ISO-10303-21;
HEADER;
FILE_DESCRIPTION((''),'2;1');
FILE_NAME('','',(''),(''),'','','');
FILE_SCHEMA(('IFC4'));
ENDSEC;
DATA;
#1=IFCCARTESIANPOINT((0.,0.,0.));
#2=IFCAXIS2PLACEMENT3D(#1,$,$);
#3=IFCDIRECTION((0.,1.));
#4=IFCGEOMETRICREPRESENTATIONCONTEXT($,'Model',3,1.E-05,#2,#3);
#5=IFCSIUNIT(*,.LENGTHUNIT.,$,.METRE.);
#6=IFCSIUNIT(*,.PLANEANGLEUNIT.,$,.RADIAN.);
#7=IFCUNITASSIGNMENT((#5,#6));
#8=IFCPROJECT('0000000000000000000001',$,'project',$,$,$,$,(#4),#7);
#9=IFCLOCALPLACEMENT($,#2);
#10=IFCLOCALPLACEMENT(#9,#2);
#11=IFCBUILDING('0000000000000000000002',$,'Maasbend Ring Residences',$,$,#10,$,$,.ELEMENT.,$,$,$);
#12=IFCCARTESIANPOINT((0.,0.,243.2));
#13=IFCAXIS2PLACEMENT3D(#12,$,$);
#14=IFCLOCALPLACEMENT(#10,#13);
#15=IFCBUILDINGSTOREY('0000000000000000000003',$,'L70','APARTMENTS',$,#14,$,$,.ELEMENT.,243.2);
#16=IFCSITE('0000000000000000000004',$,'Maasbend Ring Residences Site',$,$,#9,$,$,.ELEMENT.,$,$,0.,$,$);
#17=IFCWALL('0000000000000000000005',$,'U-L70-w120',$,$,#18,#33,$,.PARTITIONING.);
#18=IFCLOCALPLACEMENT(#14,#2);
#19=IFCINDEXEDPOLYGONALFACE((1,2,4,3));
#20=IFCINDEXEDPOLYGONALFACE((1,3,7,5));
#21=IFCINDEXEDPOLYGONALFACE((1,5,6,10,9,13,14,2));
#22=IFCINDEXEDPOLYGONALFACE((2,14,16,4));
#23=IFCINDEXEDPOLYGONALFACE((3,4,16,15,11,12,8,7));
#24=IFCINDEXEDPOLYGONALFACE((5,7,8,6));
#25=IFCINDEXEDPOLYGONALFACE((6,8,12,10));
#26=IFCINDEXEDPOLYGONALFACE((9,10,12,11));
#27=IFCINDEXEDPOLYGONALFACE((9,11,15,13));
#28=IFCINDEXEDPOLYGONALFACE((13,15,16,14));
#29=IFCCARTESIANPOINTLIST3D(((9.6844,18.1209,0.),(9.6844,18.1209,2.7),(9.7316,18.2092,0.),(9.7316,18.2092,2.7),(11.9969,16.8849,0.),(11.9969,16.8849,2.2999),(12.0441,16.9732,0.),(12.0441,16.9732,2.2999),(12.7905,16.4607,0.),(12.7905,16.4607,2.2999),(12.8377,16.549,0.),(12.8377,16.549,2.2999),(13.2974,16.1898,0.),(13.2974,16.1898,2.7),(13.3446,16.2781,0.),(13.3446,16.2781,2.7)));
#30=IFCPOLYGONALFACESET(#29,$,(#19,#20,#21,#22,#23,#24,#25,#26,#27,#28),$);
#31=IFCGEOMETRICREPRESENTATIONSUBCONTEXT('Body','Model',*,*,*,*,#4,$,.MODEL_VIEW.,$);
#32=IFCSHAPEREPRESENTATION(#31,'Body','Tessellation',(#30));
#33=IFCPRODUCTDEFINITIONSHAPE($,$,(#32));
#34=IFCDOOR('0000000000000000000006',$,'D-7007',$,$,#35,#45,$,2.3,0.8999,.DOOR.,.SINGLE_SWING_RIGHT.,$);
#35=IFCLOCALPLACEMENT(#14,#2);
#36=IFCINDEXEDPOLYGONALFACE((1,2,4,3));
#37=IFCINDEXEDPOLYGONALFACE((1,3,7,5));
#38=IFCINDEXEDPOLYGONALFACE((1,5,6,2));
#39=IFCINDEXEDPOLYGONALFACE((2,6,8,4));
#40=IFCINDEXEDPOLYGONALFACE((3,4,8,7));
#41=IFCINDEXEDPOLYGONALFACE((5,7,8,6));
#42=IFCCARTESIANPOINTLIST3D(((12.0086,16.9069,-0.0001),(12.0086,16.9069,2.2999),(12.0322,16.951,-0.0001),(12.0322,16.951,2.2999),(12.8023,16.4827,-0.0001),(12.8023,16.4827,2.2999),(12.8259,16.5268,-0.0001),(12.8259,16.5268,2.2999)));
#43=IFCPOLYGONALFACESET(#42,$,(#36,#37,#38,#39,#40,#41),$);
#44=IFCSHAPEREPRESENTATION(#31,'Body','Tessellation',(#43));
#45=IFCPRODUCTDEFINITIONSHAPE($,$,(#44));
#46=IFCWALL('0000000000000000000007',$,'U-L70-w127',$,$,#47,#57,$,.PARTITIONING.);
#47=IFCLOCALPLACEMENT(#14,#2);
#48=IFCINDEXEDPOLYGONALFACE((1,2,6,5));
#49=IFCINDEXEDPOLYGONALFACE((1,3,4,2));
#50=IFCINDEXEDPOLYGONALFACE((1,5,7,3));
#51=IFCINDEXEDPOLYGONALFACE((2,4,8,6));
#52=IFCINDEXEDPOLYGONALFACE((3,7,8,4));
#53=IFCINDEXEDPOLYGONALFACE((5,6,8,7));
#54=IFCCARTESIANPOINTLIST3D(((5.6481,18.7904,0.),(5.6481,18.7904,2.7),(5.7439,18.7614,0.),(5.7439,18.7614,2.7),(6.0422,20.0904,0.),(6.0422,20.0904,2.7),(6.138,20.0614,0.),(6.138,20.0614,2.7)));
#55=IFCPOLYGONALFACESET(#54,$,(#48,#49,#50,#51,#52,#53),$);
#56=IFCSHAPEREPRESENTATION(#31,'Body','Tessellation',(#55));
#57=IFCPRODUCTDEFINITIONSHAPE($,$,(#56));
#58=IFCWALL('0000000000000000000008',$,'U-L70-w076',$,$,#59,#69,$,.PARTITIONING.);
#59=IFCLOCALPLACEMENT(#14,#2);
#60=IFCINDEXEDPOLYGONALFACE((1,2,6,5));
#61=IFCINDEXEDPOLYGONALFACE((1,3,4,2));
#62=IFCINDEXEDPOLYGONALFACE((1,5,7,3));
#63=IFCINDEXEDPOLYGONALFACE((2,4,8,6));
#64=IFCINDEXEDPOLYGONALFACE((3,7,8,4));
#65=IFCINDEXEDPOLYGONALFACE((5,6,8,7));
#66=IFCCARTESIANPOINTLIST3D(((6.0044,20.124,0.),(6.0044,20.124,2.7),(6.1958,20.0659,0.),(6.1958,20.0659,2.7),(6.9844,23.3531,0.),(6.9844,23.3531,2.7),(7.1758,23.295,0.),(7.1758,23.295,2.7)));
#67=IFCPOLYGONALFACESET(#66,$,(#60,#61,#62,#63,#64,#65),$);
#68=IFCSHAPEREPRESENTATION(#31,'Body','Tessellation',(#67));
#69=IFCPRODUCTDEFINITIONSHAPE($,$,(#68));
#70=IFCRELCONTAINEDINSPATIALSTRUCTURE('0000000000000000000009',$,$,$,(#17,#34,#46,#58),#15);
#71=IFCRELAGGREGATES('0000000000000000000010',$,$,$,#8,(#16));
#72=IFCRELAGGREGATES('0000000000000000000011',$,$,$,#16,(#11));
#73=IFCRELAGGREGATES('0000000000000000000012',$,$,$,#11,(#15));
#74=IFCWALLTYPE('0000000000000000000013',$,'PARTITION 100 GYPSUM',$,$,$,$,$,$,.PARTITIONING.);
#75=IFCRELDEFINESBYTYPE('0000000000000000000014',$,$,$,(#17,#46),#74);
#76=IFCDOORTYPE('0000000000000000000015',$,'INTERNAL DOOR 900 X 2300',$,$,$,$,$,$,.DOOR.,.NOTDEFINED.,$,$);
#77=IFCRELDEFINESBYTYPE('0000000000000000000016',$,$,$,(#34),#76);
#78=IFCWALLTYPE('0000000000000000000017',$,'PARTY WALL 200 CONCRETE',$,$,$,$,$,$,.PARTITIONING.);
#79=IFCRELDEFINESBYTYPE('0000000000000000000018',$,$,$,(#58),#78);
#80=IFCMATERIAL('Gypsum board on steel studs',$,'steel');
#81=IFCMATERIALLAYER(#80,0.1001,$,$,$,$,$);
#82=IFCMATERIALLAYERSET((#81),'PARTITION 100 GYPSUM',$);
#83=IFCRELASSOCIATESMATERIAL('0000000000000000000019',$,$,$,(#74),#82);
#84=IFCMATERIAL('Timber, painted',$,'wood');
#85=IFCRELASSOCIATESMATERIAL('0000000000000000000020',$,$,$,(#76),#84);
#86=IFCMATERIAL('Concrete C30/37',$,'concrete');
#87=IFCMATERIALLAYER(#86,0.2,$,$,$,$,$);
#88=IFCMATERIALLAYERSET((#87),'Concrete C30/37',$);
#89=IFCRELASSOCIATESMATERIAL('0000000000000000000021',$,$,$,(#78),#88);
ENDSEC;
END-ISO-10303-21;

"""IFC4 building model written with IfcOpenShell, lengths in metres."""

from ifc_helpers import new_model, si_unit, direction, frame, frame_2d, origin, place, context, subcontext, project, spatial, rectangle, extrude, material, layer, layer_set, type_object, element, fill, save


model = new_model("IFC4")

# Units and contexts
model_context = context("Model", 3, precision=1e-05, world=origin(), true_north=direction((0.0, 1.0)))
body_context = subcontext(model_context, "Body", "Model", "MODEL_VIEW")
ifc_project = project(units=[si_unit("LENGTHUNIT", "METRE"), si_unit("PLANEANGLEUNIT", "RADIAN")], contexts=[model_context])

# Site, building, storey
site_placement = place(None, origin())
site = spatial("IfcSite", under=ifc_project, at=site_placement, Name="Maasbend Ring Residences Site", CompositionType="ELEMENT", RefElevation=0.0)
building_placement = place(site_placement, origin())
building = spatial("IfcBuilding", under=site, at=building_placement, Name="Maasbend Ring Residences", CompositionType="ELEMENT")
storey_placement = place(building_placement, frame((0.0, 0.0, 243.2)))
storey = spatial("IfcBuildingStorey", under=building, at=storey_placement, Name="L70", Description="APARTMENTS", CompositionType="ELEMENT", Elevation=243.2)

# Shared definitions
ifc_material_1 = material(Name="Gypsum board on steel studs", Category="steel")
ifc_layer_1 = layer(ifc_material_1, 0.1001)
ifc_layer_set_1 = layer_set([ifc_layer_1], Name="PARTITION 100 GYPSUM")
wall_type_1 = type_object("IfcWallType", Name="PARTITION 100 GYPSUM", PredefinedType="PARTITIONING", material=ifc_layer_set_1)
ifc_material_2 = material(Name="Timber, painted", Category="wood")
door_type_1 = type_object("IfcDoorType", Name="INTERNAL DOOR 900 X 2300", OperationType="NOTDEFINED", PredefinedType="DOOR", material=ifc_material_2)

# Wall, opening, door
wall_1_placement = place(storey_placement, frame((9.708, 18.165, 0.0), z_axis=(0.0, 0.0, 1.0), x_axis=(0.881927, -0.471386, 0.0)))
wall_1 = element("IfcWall", 1, at=wall_1_placement, inside=storey, type_object=wall_type_1, Name="U-L70-w120", PredefinedType="PARTITIONING", context=body_context, shape_type="SweptSolid", body=[
    extrude(rectangle(XDim=4.0967, YDim=0.1001, at=frame_2d((2.0483, 0.0))), origin(), (0.0, 0.0, 1.0), 2.7),
])
opening_1_placement = place(wall_1_placement, frame((2.6221, 0.0, 0.0)))
opening_1 = element("IfcOpeningElement", 2, at=opening_1_placement, cuts=wall_1, PredefinedType="OPENING", context=body_context, shape_type="SweptSolid", body=[
    extrude(rectangle(XDim=0.8999, YDim=2.3, at=frame_2d((0.45, 1.1499))), frame((0.0, 0.0601, 0.0), z_axis=(0.0, -1.0, 0.0), x_axis=(1.0, 0.0, 0.0)), (0.0, 0.0, 1.0), 0.1201),
])
door_1_placement = place(opening_1_placement, origin())
door_1 = element("IfcDoor", 3, at=door_1_placement, inside=storey, type_object=door_type_1, Name="D-7007", OperationType="SINGLE_SWING_RIGHT", OverallHeight=2.3, OverallWidth=0.8999, PredefinedType="DOOR", context=body_context, shape_type="SweptSolid", body=[
    extrude(rectangle(XDim=0.8999, YDim=2.3, at=frame_2d((0.45, 1.1499))), frame((0.0, 0.0249, 0.0), z_axis=(0.0, -1.0, 0.0), x_axis=(1.0, 0.0, 0.0)), (0.0, 0.0, 1.0), 0.05),
])
fill(opening_1, door_1)

# Walls
wall_2_placement = place(storey_placement, frame((5.696, 18.7759, 0.0), z_axis=(0.0, 0.0, 1.0), x_axis=(0.290067, 0.957006, 0.0)))
element("IfcWall", 4, at=wall_2_placement, inside=storey, type_object=wall_type_1, Name="U-L70-w127", PredefinedType="PARTITIONING", context=body_context, shape_type="SweptSolid", body=[
    extrude(rectangle(XDim=1.3584, YDim=0.1001, at=frame_2d((0.6792, 0.0))), origin(), (0.0, 0.0, 1.0), 2.7),
])
ifc_material_3 = material(Name="Concrete C30/37", Category="concrete")
ifc_layer_2 = layer(ifc_material_3, 0.2)
ifc_layer_set_2 = layer_set([ifc_layer_2], Name="Concrete C30/37")
wall_type_2 = type_object("IfcWallType", Name="PARTY WALL 200 CONCRETE", PredefinedType="PARTITIONING", material=ifc_layer_set_2)
wall_3_placement = place(storey_placement, frame((6.1001, 20.095, 0.0), z_axis=(0.0, 0.0, 1.0), x_axis=(0.290413, 0.956901, 0.0)))
element("IfcWall", 5, at=wall_3_placement, inside=storey, type_object=wall_type_2, Name="U-L70-w076", PredefinedType="PARTITIONING", context=body_context, shape_type="SweptSolid", body=[
    extrude(rectangle(XDim=3.3745, YDim=0.2, at=frame_2d((1.6873, 0.0))), origin(), (0.0, 0.0, 1.0), 2.7),
])

save(model, "model.ifc")
